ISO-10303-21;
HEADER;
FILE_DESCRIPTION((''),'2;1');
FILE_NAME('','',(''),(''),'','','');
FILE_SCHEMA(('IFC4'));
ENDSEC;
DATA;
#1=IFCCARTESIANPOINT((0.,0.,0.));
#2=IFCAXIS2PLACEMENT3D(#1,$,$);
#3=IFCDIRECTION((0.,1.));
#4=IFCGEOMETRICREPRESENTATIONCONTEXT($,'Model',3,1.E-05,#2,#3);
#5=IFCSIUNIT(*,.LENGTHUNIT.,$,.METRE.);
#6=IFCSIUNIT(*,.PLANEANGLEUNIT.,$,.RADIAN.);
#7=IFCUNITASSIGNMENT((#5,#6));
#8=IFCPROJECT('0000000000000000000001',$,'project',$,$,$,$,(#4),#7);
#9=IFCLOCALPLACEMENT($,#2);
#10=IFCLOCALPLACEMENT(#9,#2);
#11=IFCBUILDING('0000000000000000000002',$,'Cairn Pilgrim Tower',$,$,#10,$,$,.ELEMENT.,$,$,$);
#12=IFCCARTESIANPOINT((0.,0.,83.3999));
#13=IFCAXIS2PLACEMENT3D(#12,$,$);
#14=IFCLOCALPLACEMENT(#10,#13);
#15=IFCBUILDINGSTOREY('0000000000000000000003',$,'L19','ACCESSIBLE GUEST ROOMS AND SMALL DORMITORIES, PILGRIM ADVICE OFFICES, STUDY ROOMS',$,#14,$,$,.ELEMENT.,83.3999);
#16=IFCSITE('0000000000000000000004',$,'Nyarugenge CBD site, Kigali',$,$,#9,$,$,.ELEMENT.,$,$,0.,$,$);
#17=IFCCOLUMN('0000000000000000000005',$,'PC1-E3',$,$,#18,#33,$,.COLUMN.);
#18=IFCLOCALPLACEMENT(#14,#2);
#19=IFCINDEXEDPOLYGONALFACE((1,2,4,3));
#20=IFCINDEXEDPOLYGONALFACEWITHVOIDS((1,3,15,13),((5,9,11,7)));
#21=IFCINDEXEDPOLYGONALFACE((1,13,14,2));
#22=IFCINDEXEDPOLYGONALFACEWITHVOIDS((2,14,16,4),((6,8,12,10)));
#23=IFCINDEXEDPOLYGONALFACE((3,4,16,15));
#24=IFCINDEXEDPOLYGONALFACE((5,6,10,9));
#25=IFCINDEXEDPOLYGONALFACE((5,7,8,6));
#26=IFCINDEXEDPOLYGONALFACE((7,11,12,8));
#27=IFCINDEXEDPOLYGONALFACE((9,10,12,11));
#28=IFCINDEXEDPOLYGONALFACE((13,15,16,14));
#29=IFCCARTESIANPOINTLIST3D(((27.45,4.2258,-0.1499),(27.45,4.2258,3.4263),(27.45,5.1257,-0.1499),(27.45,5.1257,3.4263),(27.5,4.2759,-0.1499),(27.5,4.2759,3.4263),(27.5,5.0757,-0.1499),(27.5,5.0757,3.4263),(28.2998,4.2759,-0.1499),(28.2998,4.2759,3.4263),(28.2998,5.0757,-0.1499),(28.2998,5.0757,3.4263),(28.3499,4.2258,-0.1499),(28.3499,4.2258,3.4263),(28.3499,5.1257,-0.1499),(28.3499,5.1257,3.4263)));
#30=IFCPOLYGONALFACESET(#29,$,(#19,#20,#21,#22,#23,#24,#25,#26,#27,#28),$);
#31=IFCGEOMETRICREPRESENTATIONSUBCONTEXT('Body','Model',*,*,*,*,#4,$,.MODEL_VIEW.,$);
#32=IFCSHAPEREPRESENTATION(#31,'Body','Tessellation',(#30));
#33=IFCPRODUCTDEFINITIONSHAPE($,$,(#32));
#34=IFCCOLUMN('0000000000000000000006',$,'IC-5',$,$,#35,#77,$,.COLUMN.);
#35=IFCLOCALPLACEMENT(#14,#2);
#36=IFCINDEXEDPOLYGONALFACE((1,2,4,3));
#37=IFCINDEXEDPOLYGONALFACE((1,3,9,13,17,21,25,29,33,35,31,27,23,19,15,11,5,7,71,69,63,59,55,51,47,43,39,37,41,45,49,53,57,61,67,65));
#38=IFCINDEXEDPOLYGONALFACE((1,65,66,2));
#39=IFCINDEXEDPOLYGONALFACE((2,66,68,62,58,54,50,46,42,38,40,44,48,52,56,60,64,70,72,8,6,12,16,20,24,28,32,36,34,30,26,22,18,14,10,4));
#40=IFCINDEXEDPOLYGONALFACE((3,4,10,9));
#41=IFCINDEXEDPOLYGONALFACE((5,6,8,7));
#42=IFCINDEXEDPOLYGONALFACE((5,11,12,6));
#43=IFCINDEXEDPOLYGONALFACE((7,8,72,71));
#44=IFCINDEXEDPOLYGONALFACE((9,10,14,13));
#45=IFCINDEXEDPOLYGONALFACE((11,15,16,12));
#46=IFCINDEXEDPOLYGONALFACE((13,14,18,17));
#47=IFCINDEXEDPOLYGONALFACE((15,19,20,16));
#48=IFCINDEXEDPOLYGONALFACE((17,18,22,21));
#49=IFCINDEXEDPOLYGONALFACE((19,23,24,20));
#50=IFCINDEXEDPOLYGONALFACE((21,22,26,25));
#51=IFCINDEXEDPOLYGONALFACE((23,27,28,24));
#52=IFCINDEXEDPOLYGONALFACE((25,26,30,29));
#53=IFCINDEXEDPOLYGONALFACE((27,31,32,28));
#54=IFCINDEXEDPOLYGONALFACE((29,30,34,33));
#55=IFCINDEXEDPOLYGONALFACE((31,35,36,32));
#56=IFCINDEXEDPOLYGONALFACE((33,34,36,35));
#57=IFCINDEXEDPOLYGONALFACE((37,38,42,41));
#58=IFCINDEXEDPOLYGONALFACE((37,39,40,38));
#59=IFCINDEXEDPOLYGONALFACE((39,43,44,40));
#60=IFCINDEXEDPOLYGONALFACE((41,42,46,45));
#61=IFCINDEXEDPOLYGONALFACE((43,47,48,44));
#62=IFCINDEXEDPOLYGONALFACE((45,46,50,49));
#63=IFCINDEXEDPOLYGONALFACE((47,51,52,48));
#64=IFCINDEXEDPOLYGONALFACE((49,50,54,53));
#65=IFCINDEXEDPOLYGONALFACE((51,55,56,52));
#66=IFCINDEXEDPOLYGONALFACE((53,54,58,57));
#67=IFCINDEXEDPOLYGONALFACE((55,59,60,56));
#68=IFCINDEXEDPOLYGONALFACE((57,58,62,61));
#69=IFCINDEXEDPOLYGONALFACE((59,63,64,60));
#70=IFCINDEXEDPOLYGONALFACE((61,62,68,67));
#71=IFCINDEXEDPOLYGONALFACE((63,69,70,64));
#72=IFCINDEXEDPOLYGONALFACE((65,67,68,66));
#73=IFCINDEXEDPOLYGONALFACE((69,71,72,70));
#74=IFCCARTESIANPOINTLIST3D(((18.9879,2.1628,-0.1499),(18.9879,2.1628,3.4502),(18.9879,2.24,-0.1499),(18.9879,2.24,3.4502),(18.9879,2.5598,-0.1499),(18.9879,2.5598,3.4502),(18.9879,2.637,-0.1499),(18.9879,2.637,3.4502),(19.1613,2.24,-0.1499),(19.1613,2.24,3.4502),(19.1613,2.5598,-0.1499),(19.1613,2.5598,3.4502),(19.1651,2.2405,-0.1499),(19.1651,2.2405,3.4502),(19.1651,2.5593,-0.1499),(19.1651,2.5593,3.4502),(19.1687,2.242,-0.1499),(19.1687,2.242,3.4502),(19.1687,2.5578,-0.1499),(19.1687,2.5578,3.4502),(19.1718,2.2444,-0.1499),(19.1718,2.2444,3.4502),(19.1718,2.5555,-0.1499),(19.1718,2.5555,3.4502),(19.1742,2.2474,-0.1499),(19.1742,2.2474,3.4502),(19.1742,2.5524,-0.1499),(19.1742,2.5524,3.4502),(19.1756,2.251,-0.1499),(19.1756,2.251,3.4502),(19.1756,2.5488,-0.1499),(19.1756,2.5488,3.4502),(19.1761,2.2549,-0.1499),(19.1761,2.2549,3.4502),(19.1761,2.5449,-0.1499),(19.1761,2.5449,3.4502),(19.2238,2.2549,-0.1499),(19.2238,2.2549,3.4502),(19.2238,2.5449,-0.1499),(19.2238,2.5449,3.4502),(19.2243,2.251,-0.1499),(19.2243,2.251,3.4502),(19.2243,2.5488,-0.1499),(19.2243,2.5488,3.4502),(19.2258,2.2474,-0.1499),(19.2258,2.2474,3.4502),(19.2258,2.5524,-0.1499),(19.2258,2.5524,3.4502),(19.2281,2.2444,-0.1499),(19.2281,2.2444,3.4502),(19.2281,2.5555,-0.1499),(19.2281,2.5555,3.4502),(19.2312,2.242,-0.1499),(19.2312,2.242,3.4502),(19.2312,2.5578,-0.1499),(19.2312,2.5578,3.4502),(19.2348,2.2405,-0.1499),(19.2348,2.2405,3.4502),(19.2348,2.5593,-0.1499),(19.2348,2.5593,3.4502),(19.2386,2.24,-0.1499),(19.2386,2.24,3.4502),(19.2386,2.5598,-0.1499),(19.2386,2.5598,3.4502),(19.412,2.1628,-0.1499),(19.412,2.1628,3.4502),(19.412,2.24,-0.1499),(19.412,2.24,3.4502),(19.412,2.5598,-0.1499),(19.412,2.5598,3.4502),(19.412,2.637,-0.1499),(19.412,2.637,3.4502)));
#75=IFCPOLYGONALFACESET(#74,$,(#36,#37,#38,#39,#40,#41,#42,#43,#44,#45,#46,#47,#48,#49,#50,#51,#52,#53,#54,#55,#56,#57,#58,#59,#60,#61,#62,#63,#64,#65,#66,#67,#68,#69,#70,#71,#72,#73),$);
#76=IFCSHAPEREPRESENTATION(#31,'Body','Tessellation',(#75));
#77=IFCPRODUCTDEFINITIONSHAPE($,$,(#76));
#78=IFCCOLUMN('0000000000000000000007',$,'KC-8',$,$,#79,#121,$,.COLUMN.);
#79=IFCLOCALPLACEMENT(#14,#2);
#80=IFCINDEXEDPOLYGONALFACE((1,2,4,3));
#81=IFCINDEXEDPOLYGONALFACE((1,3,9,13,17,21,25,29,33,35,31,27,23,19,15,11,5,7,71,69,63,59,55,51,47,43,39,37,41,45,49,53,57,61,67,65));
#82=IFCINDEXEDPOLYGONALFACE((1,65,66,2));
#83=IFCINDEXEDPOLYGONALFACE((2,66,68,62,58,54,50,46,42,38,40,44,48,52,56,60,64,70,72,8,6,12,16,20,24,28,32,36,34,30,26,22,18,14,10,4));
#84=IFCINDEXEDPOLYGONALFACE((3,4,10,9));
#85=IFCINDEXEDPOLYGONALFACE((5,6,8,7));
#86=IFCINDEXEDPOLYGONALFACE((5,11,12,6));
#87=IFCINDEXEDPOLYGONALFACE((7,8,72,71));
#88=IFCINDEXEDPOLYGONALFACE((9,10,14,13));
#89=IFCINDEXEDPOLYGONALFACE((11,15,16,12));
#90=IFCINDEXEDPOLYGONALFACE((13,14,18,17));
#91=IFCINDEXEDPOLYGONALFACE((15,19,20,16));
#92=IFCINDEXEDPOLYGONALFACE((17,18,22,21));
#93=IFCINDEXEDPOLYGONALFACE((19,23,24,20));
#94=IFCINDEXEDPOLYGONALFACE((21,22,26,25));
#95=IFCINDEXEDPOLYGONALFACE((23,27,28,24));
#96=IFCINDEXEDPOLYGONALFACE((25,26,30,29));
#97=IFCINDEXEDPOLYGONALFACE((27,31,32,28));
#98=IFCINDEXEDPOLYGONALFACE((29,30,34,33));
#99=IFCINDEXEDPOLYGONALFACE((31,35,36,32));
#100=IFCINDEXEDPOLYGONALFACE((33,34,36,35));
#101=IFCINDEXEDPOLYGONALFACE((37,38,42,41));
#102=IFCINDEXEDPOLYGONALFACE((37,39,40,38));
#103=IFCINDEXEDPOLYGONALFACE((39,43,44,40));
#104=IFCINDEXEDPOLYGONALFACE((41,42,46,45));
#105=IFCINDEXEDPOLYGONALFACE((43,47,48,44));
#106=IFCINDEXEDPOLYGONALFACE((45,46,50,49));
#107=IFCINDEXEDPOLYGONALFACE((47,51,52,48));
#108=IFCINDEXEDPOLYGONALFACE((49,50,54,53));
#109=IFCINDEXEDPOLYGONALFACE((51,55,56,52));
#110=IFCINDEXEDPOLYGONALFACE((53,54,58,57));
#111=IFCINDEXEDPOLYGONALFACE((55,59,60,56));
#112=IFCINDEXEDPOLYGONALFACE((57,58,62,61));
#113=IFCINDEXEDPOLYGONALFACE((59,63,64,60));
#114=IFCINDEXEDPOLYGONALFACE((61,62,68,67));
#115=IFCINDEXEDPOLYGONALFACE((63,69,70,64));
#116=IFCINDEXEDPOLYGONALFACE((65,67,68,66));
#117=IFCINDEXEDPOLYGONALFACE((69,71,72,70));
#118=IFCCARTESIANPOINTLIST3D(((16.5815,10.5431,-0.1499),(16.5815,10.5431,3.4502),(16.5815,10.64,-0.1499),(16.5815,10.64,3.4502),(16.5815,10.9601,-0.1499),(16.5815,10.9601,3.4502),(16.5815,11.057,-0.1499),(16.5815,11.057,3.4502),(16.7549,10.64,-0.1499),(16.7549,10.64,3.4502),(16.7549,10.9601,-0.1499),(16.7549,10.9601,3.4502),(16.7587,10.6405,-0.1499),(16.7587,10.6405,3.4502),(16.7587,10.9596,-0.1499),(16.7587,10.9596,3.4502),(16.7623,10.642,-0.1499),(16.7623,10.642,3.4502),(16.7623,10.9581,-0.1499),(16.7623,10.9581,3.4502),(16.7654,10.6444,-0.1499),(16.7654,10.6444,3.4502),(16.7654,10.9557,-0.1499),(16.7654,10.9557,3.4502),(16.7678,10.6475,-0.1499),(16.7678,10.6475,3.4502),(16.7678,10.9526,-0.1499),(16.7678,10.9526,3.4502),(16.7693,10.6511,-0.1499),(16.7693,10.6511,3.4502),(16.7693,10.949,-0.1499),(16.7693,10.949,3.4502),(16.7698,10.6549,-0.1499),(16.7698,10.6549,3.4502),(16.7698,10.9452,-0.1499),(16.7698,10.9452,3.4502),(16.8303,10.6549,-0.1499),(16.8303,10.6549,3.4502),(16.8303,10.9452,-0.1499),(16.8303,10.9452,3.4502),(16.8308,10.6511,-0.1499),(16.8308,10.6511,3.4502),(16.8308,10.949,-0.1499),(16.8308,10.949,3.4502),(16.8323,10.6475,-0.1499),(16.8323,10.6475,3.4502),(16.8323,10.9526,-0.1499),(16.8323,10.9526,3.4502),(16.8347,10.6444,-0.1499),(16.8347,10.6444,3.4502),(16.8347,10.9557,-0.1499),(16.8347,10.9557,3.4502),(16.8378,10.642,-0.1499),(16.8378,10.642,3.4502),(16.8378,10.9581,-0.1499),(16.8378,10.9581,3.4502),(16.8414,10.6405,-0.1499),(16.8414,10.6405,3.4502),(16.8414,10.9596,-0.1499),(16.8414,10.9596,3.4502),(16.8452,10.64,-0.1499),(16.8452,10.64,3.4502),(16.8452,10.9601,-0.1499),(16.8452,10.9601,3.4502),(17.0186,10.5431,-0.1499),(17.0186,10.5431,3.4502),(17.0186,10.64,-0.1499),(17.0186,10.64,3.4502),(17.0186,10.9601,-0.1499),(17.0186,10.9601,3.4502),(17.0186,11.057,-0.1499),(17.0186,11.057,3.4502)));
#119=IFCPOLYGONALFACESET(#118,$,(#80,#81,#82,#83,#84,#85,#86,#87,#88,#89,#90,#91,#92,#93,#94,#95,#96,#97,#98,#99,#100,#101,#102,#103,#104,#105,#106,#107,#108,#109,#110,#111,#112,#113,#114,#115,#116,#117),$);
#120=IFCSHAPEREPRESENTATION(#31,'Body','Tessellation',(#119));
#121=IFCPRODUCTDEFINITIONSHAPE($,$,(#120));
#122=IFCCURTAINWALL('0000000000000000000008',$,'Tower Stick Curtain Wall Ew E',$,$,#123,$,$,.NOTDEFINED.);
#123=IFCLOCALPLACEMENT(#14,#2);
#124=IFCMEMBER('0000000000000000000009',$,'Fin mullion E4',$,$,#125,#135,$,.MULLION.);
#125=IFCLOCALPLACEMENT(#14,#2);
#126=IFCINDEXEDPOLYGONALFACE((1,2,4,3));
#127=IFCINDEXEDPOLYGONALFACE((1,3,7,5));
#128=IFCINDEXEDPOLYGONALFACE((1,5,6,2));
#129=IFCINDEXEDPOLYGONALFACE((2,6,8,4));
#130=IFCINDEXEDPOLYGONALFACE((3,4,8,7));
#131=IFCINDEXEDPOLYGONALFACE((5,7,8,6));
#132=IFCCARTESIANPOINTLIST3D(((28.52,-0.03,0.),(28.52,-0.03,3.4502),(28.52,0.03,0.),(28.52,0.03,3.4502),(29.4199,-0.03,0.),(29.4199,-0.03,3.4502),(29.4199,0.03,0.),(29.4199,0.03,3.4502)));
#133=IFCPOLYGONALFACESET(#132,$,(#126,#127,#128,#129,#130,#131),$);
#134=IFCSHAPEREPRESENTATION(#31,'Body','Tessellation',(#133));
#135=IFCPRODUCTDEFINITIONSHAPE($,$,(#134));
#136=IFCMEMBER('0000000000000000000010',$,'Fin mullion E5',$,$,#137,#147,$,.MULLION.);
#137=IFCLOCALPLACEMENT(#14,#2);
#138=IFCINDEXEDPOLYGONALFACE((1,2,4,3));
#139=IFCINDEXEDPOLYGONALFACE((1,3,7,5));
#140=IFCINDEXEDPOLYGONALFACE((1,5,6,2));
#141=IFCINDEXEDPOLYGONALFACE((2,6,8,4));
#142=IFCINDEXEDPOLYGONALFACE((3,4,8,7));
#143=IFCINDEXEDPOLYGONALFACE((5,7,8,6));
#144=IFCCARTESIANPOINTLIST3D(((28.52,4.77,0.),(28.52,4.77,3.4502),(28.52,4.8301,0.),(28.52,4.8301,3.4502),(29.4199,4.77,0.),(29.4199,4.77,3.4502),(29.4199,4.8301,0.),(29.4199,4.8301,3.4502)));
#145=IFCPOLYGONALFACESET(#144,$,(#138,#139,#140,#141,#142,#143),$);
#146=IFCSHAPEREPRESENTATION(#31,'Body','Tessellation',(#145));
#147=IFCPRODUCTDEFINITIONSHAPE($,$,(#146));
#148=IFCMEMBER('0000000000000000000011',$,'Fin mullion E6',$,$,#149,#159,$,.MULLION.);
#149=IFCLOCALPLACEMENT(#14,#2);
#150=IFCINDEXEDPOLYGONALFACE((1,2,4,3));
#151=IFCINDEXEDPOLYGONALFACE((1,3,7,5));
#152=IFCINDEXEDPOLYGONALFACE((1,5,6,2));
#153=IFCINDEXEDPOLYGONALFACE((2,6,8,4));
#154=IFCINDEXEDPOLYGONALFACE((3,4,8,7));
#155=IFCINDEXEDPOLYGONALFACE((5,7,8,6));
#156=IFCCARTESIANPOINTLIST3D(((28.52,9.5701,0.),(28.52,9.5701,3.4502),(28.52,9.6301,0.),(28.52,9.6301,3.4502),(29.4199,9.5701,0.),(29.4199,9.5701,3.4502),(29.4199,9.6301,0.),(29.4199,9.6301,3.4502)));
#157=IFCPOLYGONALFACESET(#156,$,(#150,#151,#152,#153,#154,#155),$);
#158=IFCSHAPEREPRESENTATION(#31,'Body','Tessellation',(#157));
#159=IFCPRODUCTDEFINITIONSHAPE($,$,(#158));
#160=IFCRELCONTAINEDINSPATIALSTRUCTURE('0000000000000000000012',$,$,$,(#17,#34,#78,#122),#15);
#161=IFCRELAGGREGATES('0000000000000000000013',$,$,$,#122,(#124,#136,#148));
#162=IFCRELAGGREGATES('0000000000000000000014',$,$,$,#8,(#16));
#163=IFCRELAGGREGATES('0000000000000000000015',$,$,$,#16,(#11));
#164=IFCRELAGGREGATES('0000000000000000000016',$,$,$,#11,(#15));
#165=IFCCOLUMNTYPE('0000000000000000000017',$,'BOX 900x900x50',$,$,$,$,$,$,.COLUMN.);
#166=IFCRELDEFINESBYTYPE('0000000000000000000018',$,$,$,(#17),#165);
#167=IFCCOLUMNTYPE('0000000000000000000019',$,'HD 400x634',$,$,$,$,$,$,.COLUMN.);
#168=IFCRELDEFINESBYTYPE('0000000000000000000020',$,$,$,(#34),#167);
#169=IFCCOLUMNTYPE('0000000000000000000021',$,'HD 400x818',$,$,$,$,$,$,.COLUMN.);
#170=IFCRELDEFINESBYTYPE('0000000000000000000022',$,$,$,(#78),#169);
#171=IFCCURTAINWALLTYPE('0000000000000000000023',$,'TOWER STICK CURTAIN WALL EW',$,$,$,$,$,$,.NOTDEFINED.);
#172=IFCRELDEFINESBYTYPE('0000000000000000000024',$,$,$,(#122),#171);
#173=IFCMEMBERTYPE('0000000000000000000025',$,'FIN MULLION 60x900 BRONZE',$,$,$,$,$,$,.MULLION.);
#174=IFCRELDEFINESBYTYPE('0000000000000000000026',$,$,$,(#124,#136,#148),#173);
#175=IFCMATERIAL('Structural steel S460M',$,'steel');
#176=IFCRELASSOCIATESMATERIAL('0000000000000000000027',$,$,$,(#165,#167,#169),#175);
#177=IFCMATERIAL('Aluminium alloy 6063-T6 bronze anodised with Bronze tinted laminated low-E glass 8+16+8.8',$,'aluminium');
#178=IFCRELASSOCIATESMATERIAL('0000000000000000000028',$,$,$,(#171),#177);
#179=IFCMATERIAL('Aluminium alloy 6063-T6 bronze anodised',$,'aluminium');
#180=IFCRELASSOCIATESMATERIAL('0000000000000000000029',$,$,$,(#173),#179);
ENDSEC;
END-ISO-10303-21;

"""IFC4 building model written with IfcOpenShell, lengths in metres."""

from ifc_helpers import new_model, si_unit, direction, frame, origin, origin_2d, place, context, subcontext, project, spatial, rectangle, hollow_rectangle, i_section, extrude, clip, halfspace, material, material_profile, profile_set, type_object, element, aggregate, save


model = new_model("IFC4")

# Units and contexts
model_context = context("Model", 3, precision=1e-05, world=origin(), true_north=direction((0.0, 1.0)))
body_context = subcontext(model_context, "Body", "Model", "MODEL_VIEW")
ifc_project = project(units=[si_unit("LENGTHUNIT", "METRE"), si_unit("PLANEANGLEUNIT", "RADIAN")], contexts=[model_context])

# Site, building, storey
site_placement = place(None, origin())
site = spatial("IfcSite", under=ifc_project, at=site_placement, Name="Nyarugenge CBD site, Kigali", CompositionType="ELEMENT", RefElevation=0.0)
building_placement = place(site_placement, origin())
building = spatial("IfcBuilding", under=site, at=building_placement, Name="Cairn Pilgrim Tower", CompositionType="ELEMENT")
storey_placement = place(building_placement, frame((0.0, 0.0, 83.3999)))
storey = spatial("IfcBuildingStorey", under=building, at=storey_placement, Name="L19", Description="ACCESSIBLE GUEST ROOMS AND SMALL DORMITORIES, PILGRIM ADVICE OFFICES, STUDY ROOMS", CompositionType="ELEMENT", Elevation=83.3999)

# Columns
ifc_material_1 = material(Name="Structural steel S460M", Category="steel")
ifc_material_profile_1 = material_profile(ifc_material_1, hollow_rectangle(XDim=0.8999, YDim=0.8999, WallThickness=0.05, at=origin_2d()), Name="BOX 900x900x50")
ifc_profile_set_1 = profile_set([ifc_material_profile_1], Name="Structural steel S460M")
column_type_1 = type_object("IfcColumnType", Name="BOX 900x900x50", PredefinedType="COLUMN", material=ifc_profile_set_1)
column_1_placement = place(storey_placement, frame((27.8999, 4.6758, -0.1499), z_axis=(0.0, 0.0, 1.0), x_axis=(1.0, 0.0, 0.0)))
element("IfcColumn", 1, at=column_1_placement, inside=storey, type_object=column_type_1, Name="PC1-E3", PredefinedType="COLUMN", context=body_context, shape_type="Clipping", body=[
    clip(extrude(hollow_rectangle(XDim=0.8999, YDim=0.8999, WallThickness=0.05, at=origin_2d()), origin(), (0.0, 0.0, 1.0), 3.6001), halfspace(frame((0.0, 0.0, 3.5762), z_axis=(0.0, 0.0, 1.0), x_axis=(1.0, 0.0, 0.0)), False)),
])
ifc_material_profile_2 = material_profile(ifc_material_1, i_section(OverallWidth=0.4241, OverallDepth=0.4741, WebThickness=0.0476, FlangeThickness=0.0771, FilletRadius=0.0149, at=origin_2d()), Name="HD 400x634")
ifc_profile_set_2 = profile_set([ifc_material_profile_2], Name="Structural steel S460M")
column_type_2 = type_object("IfcColumnType", Name="HD 400x634", PredefinedType="COLUMN", material=ifc_profile_set_2)
column_2_placement = place(storey_placement, frame((19.2, 2.3999, -0.1499), z_axis=(0.0, 0.0, 1.0), x_axis=(1.0, 0.0, 0.0)))
element("IfcColumn", 2, at=column_2_placement, inside=storey, type_object=column_type_2, Name="IC-5", PredefinedType="COLUMN", context=body_context, shape_type="SweptSolid", body=[
    extrude(i_section(OverallWidth=0.4241, OverallDepth=0.4741, WebThickness=0.0476, FlangeThickness=0.0771, FilletRadius=0.0149, at=origin_2d()), origin(), (0.0, 0.0, 1.0), 3.6001),
])
ifc_material_profile_3 = material_profile(ifc_material_1, i_section(OverallWidth=0.437, OverallDepth=0.5139, WebThickness=0.0605, FlangeThickness=0.0969, FilletRadius=0.0149, at=origin_2d()), Name="HD 400x818")
ifc_profile_set_3 = profile_set([ifc_material_profile_3], Name="Structural steel S460M")
column_type_3 = type_object("IfcColumnType", Name="HD 400x818", PredefinedType="COLUMN", material=ifc_profile_set_3)
column_3_placement = place(storey_placement, frame((16.8, 10.8, -0.1499), z_axis=(0.0, 0.0, 1.0), x_axis=(1.0, 0.0, 0.0)))
element("IfcColumn", 3, at=column_3_placement, inside=storey, type_object=column_type_3, Name="KC-8", PredefinedType="COLUMN", context=body_context, shape_type="SweptSolid", body=[
    extrude(i_section(OverallWidth=0.437, OverallDepth=0.5139, WebThickness=0.0605, FlangeThickness=0.0969, FilletRadius=0.0149, at=origin_2d()), origin(), (0.0, 0.0, 1.0), 3.6001),
])

# Curtain wall, members
ifc_material_2 = material(Name="Aluminium alloy 6063-T6 bronze anodised with Bronze tinted laminated low-E glass 8+16+8.8", Category="aluminium")
curtain_wall_type = type_object("IfcCurtainWallType", Name="TOWER STICK CURTAIN WALL EW", PredefinedType="NOTDEFINED", material=ifc_material_2)
curtain_wall_placement = place(storey_placement, origin())
curtain_wall = element("IfcCurtainWall", 4, at=curtain_wall_placement, inside=storey, type_object=curtain_wall_type, Name="Tower Stick Curtain Wall Ew E", PredefinedType="NOTDEFINED")
ifc_material_3 = material(Name="Aluminium alloy 6063-T6 bronze anodised", Category="aluminium")
ifc_material_profile_4 = material_profile(ifc_material_3, rectangle(XDim=0.8999, YDim=0.0601, at=origin_2d()), Name="FIN MULLION 60x900 BRONZE")
ifc_profile_set_4 = profile_set([ifc_material_profile_4], Name="Aluminium alloy 6063-T6 bronze anodised")
member_type_1 = type_object("IfcMemberType", Name="FIN MULLION 60x900 BRONZE", PredefinedType="MULLION", material=ifc_profile_set_4)
member_1_placement = place(storey_placement, frame((28.97, 0.0, 0.0), z_axis=(0.0, 0.0, 1.0), x_axis=(1.0, 0.0, 0.0)))
member_1 = element("IfcMember", 5, at=member_1_placement, type_object=member_type_1, Name="Fin mullion E4", PredefinedType="MULLION", context=body_context, shape_type="SweptSolid", body=[
    extrude(rectangle(XDim=0.8999, YDim=0.0601, at=origin_2d()), origin(), (0.0, 0.0, 1.0), 3.4502),
])
member_2_placement = place(storey_placement, frame((28.97, 4.8, 0.0), z_axis=(0.0, 0.0, 1.0), x_axis=(1.0, 0.0, 0.0)))
member_2 = element("IfcMember", 6, at=member_2_placement, type_object=member_type_1, Name="Fin mullion E5", PredefinedType="MULLION", context=body_context, shape_type="SweptSolid", body=[
    extrude(rectangle(XDim=0.8999, YDim=0.0601, at=origin_2d()), origin(), (0.0, 0.0, 1.0), 3.4502),
])
member_3_placement = place(storey_placement, frame((28.97, 9.6001, 0.0), z_axis=(0.0, 0.0, 1.0), x_axis=(1.0, 0.0, 0.0)))
member_3 = element("IfcMember", 7, at=member_3_placement, type_object=member_type_1, Name="Fin mullion E6", PredefinedType="MULLION", context=body_context, shape_type="SweptSolid", body=[
    extrude(rectangle(XDim=0.8999, YDim=0.0601, at=origin_2d()), origin(), (0.0, 0.0, 1.0), 3.4502),
])

aggregate(curtain_wall, [member_1, member_2, member_3])

save(model, "model.ifc")
